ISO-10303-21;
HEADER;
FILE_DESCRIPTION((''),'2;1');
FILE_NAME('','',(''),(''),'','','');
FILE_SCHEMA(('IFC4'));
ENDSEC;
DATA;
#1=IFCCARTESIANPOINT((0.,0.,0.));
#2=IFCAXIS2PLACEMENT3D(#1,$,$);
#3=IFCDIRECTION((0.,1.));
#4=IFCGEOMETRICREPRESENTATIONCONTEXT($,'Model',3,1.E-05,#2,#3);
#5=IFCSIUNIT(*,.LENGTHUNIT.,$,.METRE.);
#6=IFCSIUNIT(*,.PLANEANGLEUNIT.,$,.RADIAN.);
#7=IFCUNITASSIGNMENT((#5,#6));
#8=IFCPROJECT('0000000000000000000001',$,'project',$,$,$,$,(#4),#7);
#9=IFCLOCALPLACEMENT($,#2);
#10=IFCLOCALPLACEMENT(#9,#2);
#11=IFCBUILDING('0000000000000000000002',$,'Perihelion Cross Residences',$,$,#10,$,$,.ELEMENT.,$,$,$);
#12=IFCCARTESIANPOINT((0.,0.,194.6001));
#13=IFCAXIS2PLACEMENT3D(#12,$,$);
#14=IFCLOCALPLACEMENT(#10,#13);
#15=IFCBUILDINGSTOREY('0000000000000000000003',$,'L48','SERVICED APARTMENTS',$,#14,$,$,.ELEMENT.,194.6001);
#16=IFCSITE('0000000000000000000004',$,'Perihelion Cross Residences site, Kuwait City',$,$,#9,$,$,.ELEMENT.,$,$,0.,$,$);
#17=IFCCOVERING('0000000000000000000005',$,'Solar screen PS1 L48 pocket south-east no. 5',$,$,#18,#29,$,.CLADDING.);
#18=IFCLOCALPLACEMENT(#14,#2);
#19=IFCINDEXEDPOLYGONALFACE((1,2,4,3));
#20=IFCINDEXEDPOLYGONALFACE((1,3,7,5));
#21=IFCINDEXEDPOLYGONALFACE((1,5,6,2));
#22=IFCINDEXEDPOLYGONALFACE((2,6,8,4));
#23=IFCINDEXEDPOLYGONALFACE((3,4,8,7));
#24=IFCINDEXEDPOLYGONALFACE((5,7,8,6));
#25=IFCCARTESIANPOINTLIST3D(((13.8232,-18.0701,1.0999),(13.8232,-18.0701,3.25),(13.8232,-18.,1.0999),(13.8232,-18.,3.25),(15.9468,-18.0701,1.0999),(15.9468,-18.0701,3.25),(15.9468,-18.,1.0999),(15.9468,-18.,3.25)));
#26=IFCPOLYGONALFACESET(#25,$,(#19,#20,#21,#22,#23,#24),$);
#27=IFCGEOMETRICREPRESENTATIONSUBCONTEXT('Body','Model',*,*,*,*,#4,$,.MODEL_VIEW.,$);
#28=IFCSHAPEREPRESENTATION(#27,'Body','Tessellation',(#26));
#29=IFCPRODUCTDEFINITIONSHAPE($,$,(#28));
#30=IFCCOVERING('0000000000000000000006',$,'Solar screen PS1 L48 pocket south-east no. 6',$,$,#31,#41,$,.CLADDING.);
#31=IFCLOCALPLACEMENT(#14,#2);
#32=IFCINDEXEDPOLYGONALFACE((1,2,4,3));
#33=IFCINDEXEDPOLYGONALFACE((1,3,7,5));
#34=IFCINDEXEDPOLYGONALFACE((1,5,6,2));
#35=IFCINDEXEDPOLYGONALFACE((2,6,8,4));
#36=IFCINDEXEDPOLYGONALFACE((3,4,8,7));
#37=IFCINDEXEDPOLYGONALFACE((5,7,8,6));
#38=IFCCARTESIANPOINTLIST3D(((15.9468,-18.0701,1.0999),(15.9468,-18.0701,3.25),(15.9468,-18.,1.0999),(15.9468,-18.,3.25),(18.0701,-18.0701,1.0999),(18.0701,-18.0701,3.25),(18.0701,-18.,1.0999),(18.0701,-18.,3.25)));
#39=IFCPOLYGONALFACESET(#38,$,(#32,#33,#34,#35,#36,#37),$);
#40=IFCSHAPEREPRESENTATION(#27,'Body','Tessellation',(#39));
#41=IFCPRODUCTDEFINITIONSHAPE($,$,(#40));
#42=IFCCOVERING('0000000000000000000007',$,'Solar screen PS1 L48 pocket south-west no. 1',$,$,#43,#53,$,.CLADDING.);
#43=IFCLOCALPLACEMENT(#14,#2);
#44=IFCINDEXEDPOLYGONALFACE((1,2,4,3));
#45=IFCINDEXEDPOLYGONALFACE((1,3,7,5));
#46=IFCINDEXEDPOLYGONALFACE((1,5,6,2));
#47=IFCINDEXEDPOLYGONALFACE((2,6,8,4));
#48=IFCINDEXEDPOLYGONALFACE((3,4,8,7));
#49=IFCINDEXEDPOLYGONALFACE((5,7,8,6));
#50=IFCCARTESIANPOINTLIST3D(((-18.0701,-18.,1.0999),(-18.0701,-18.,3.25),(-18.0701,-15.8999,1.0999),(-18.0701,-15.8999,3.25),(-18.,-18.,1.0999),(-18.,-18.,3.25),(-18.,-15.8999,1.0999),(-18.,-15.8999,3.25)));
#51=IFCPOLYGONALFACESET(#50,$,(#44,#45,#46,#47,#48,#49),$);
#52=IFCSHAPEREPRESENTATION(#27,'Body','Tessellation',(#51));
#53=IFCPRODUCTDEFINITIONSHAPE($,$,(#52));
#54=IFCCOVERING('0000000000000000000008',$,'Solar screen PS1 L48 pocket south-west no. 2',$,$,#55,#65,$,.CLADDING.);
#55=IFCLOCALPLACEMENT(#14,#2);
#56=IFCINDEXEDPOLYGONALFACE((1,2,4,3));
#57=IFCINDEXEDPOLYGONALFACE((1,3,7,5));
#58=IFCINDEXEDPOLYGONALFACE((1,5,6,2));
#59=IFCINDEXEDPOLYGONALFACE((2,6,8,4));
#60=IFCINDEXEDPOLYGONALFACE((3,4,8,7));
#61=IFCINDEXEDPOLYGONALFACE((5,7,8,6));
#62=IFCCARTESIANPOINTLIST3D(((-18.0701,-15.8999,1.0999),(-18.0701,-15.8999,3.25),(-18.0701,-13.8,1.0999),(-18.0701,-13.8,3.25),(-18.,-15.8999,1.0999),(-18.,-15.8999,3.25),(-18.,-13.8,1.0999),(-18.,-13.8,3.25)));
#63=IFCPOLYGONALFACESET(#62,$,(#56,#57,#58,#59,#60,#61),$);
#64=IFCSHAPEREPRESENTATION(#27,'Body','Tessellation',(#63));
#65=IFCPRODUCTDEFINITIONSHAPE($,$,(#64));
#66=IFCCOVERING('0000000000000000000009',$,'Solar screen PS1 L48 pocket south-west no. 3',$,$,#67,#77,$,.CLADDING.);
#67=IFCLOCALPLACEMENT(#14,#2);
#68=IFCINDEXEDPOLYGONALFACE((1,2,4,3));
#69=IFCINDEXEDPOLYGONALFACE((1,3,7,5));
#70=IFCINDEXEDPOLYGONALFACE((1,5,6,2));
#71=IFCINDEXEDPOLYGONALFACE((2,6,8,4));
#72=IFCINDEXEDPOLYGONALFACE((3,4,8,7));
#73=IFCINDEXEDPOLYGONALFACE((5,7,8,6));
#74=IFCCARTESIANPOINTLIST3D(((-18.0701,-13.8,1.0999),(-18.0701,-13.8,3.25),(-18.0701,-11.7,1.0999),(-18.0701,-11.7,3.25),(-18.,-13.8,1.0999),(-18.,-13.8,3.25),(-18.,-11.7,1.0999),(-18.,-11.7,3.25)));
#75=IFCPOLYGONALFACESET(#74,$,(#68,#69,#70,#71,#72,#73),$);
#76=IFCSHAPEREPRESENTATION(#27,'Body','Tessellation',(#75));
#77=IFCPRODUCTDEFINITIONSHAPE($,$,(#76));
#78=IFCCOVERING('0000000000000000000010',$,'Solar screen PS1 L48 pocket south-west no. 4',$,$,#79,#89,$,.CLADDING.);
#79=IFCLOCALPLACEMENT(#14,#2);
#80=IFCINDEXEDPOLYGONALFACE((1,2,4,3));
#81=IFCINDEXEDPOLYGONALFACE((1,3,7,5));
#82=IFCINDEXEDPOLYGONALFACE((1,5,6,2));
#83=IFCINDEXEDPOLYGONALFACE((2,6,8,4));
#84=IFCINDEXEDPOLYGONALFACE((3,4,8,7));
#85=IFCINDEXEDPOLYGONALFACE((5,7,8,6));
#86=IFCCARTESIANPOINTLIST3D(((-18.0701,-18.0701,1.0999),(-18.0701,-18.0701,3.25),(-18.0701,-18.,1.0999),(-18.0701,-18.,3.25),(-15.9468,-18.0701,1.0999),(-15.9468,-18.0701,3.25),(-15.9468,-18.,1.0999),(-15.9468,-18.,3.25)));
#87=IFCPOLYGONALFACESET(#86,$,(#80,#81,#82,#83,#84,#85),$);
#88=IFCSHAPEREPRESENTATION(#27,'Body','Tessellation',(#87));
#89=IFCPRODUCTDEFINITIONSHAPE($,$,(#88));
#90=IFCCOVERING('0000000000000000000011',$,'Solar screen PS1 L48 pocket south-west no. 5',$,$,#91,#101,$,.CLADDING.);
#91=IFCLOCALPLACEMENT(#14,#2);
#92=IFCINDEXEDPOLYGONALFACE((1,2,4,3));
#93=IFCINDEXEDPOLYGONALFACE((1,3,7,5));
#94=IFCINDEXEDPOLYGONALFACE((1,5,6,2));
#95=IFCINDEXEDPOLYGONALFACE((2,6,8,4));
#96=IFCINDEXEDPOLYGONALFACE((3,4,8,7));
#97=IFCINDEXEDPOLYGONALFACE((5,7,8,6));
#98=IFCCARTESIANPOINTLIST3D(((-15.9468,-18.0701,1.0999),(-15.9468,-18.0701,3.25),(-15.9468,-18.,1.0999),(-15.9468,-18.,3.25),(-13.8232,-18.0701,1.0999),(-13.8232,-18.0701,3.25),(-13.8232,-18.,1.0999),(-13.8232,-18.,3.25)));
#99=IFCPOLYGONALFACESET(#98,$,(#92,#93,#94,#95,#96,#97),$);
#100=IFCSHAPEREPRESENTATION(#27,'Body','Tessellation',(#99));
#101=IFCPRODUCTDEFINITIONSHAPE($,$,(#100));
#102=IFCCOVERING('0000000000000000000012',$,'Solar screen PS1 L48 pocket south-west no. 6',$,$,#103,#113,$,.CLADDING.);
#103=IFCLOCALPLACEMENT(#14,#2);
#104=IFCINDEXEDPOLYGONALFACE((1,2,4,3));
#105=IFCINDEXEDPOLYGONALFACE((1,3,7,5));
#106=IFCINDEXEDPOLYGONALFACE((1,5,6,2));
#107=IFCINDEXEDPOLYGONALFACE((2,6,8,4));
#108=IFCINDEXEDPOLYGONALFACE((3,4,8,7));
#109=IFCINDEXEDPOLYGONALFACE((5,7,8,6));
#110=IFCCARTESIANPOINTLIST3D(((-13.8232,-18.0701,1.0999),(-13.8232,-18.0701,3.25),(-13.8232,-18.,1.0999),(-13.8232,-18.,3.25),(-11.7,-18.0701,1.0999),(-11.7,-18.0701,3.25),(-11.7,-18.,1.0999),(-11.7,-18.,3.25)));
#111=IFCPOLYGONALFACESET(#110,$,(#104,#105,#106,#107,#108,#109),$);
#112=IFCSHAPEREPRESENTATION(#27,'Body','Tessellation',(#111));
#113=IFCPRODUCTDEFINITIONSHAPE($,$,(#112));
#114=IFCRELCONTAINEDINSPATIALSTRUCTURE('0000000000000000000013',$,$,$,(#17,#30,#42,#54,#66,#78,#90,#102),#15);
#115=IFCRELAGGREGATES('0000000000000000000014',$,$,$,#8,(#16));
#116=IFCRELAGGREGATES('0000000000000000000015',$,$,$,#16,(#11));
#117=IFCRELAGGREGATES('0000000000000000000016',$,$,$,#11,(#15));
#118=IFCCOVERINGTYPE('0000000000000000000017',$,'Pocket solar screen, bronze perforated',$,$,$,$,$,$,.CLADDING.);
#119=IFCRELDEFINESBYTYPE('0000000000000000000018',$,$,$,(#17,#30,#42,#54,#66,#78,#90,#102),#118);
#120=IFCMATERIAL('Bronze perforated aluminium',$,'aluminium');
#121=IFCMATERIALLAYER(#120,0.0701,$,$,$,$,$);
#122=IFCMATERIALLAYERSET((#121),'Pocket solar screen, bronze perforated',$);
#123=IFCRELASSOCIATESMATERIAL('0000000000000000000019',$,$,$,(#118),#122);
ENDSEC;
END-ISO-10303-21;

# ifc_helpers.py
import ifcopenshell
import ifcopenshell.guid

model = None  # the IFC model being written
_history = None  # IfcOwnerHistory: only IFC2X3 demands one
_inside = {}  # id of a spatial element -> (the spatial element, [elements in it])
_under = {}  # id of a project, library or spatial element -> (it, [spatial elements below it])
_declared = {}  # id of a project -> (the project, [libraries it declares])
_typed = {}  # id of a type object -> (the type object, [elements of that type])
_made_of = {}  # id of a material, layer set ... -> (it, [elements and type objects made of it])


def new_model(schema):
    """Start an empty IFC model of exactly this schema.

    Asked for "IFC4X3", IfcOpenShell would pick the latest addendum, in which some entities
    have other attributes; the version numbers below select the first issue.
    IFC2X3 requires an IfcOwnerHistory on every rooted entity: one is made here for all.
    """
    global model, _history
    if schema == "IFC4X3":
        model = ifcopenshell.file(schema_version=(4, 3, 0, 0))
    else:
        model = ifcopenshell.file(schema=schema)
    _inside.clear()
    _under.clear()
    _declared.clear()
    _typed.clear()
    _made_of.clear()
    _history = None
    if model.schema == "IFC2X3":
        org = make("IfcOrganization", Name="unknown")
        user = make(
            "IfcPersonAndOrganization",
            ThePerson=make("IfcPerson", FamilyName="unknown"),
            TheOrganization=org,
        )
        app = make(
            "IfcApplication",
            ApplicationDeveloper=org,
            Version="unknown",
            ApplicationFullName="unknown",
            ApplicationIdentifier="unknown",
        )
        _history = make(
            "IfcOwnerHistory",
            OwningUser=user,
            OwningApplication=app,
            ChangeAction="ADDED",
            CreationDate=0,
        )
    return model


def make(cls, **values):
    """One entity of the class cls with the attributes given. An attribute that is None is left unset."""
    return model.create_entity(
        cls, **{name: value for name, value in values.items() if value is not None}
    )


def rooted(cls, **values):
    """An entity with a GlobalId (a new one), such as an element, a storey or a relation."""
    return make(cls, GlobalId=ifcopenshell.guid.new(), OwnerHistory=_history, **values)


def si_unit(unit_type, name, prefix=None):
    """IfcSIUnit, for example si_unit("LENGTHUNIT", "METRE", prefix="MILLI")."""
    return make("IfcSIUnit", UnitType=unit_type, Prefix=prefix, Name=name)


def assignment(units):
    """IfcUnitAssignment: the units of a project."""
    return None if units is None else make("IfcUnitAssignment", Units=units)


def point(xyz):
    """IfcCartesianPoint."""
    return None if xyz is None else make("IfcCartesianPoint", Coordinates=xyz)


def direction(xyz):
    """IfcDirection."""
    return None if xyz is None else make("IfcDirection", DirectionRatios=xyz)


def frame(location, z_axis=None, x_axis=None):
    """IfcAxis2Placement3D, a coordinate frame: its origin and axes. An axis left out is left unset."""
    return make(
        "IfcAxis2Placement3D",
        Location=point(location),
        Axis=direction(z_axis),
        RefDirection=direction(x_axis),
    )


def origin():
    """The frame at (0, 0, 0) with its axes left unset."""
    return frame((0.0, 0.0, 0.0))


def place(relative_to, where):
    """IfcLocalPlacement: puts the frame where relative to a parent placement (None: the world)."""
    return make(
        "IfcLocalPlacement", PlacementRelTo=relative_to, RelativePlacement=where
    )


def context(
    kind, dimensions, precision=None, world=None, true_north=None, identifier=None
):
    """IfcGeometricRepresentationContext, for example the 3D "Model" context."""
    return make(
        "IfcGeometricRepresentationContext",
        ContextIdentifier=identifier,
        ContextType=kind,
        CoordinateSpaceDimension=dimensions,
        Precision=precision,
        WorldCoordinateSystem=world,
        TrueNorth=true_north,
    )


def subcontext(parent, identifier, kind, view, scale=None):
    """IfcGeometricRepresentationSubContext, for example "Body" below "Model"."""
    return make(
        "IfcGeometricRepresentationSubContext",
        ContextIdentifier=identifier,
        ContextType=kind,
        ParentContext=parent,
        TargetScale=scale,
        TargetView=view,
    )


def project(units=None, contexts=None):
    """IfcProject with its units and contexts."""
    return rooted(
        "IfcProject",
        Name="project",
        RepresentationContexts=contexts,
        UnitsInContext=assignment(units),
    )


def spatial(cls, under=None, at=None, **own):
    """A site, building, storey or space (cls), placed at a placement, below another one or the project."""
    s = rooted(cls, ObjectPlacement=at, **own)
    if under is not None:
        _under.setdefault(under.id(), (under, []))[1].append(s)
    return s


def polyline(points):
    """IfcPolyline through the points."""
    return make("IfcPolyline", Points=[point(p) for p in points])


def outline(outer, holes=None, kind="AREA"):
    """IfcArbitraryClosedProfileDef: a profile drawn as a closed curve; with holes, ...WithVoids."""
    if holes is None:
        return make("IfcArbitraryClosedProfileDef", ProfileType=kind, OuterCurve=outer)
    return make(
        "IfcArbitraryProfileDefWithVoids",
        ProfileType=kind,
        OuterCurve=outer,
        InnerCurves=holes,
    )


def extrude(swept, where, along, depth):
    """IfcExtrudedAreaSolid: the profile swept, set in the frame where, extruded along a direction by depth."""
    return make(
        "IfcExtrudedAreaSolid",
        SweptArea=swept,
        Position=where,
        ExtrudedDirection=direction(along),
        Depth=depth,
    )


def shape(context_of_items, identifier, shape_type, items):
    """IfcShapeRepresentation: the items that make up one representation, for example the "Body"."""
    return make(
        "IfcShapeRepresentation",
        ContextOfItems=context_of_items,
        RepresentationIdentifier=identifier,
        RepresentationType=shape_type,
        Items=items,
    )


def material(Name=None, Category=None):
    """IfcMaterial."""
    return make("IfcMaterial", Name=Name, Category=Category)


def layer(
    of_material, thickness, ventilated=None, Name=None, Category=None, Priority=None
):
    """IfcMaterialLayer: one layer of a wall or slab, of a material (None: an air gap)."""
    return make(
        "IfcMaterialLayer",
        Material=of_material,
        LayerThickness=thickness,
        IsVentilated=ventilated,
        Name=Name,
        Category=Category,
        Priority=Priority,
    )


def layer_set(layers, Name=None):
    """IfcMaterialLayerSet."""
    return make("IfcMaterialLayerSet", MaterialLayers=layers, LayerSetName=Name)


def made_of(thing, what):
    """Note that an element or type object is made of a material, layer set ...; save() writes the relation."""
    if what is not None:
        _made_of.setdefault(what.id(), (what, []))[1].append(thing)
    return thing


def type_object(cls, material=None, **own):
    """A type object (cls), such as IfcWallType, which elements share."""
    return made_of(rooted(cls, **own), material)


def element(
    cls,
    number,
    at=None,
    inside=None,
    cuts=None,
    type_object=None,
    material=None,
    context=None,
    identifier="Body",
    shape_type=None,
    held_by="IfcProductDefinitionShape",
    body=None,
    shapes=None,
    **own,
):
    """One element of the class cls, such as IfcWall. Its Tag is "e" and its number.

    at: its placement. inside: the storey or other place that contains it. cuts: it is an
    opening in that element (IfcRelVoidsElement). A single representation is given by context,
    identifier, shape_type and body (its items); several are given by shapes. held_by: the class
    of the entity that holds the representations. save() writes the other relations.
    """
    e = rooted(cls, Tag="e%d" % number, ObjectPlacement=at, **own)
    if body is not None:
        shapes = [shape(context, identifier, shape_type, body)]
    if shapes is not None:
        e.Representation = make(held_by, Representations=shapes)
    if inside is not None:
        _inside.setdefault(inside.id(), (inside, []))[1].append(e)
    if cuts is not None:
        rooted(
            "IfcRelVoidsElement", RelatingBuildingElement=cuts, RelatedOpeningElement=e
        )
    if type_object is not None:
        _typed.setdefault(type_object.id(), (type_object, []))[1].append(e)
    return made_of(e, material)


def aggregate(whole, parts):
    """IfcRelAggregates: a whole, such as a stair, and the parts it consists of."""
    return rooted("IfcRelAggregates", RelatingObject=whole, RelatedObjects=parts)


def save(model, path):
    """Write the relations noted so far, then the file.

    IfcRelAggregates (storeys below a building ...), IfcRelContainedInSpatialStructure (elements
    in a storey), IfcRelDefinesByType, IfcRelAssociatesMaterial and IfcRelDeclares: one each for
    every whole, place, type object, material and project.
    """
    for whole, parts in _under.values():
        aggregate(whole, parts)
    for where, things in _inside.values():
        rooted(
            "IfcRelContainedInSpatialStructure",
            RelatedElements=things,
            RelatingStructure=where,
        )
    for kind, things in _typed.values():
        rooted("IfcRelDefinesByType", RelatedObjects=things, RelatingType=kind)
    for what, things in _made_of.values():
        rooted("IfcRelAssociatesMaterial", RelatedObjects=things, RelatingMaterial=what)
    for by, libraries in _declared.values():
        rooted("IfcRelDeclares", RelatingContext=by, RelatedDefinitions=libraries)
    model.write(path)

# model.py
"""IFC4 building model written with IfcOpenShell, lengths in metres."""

from ifc_helpers import new_model, si_unit, direction, frame, origin, place, context, subcontext, project, spatial, polyline, outline, extrude, material, layer, layer_set, type_object, element, save


model = new_model("IFC4")

# Units and contexts
model_context = context("Model", 3, precision=1e-05, world=origin(), true_north=direction((0.0, 1.0)))
body_context = subcontext(model_context, "Body", "Model", "MODEL_VIEW")
ifc_project = project(units=[si_unit("LENGTHUNIT", "METRE"), si_unit("PLANEANGLEUNIT", "RADIAN")], contexts=[model_context])

# Site, building, storey
site_placement = place(None, origin())
site = spatial("IfcSite", under=ifc_project, at=site_placement, Name="Perihelion Cross Residences site, Kuwait City", CompositionType="ELEMENT", RefElevation=0.0)
building_placement = place(site_placement, origin())
building = spatial("IfcBuilding", under=site, at=building_placement, Name="Perihelion Cross Residences", CompositionType="ELEMENT")
storey_placement = place(building_placement, frame((0.0, 0.0, 194.6001)))
storey = spatial("IfcBuildingStorey", under=building, at=storey_placement, Name="L48", Description="SERVICED APARTMENTS", CompositionType="ELEMENT", Elevation=194.6001)

# Coverings
ifc_material_1 = material(Name="Bronze perforated aluminium", Category="aluminium")
ifc_layer_1 = layer(ifc_material_1, 0.0701)
ifc_layer_set_1 = layer_set([ifc_layer_1], Name="Pocket solar screen, bronze perforated")
covering_type_1 = type_object("IfcCoveringType", Name="Pocket solar screen, bronze perforated", PredefinedType="CLADDING", material=ifc_layer_set_1)
covering_1_placement = place(storey_placement, frame((0.0, 0.0, 1.0999)))
element("IfcCovering", 1, at=covering_1_placement, inside=storey, type_object=covering_type_1, Name="Solar screen PS1 L48 pocket south-east no. 5", PredefinedType="CLADDING", context=body_context, shape_type="SweptSolid", body=[
    extrude(outline(polyline([(15.9468, -18.0701), (15.9468, -18.0), (13.8232, -18.0), (13.8232, -18.0701), (15.9468, -18.0701)])), origin(), (0.0, 0.0, 1.0), 2.1501),
])
covering_2_placement = place(storey_placement, frame((0.0, 0.0, 1.0999)))
element("IfcCovering", 2, at=covering_2_placement, inside=storey, type_object=covering_type_1, Name="Solar screen PS1 L48 pocket south-east no. 6", PredefinedType="CLADDING", context=body_context, shape_type="SweptSolid", body=[
    extrude(outline(polyline([(18.0701, -18.0701), (18.0701, -18.0), (15.9468, -18.0), (15.9468, -18.0701), (18.0701, -18.0701)])), origin(), (0.0, 0.0, 1.0), 2.1501),
])
covering_3_placement = place(storey_placement, frame((0.0, 0.0, 1.0999)))
element("IfcCovering", 3, at=covering_3_placement, inside=storey, type_object=covering_type_1, Name="Solar screen PS1 L48 pocket south-west no. 1", PredefinedType="CLADDING", context=body_context, shape_type="SweptSolid", body=[
    extrude(outline(polyline([(-18.0, -18.0), (-18.0, -15.8999), (-18.0701, -15.8999), (-18.0701, -18.0), (-18.0, -18.0)])), origin(), (0.0, 0.0, 1.0), 2.1501),
])
covering_4_placement = place(storey_placement, frame((0.0, 0.0, 1.0999)))
element("IfcCovering", 4, at=covering_4_placement, inside=storey, type_object=covering_type_1, Name="Solar screen PS1 L48 pocket south-west no. 2", PredefinedType="CLADDING", context=body_context, shape_type="SweptSolid", body=[
    extrude(outline(polyline([(-18.0, -15.8999), (-18.0, -13.8), (-18.0701, -13.8), (-18.0701, -15.8999), (-18.0, -15.8999)])), origin(), (0.0, 0.0, 1.0), 2.1501),
])
covering_5_placement = place(storey_placement, frame((0.0, 0.0, 1.0999)))
element("IfcCovering", 5, at=covering_5_placement, inside=storey, type_object=covering_type_1, Name="Solar screen PS1 L48 pocket south-west no. 3", PredefinedType="CLADDING", context=body_context, shape_type="SweptSolid", body=[
    extrude(outline(polyline([(-18.0, -13.8), (-18.0, -11.7), (-18.0701, -11.7), (-18.0701, -13.8), (-18.0, -13.8)])), origin(), (0.0, 0.0, 1.0), 2.1501),
])
covering_6_placement = place(storey_placement, frame((0.0, 0.0, 1.0999)))
element("IfcCovering", 6, at=covering_6_placement, inside=storey, type_object=covering_type_1, Name="Solar screen PS1 L48 pocket south-west no. 4", PredefinedType="CLADDING", context=body_context, shape_type="SweptSolid", body=[
    extrude(outline(polyline([(-15.9468, -18.0701), (-15.9468, -18.0), (-18.0701, -18.0), (-18.0701, -18.0701), (-15.9468, -18.0701)])), origin(), (0.0, 0.0, 1.0), 2.1501),
])
covering_7_placement = place(storey_placement, frame((0.0, 0.0, 1.0999)))
element("IfcCovering", 7, at=covering_7_placement, inside=storey, type_object=covering_type_1, Name="Solar screen PS1 L48 pocket south-west no. 5", PredefinedType="CLADDING", context=body_context, shape_type="SweptSolid", body=[
    extrude(outline(polyline([(-13.8232, -18.0701), (-13.8232, -18.0), (-15.9468, -18.0), (-15.9468, -18.0701), (-13.8232, -18.0701)])), origin(), (0.0, 0.0, 1.0), 2.1501),
])
covering_8_placement = place(storey_placement, frame((0.0, 0.0, 1.0999)))
element("IfcCovering", 8, at=covering_8_placement, inside=storey, type_object=covering_type_1, Name="Solar screen PS1 L48 pocket south-west no. 6", PredefinedType="CLADDING", context=body_context, shape_type="SweptSolid", body=[
    extrude(outline(polyline([(-11.7, -18.0701), (-11.7, -18.0), (-13.8232, -18.0), (-13.8232, -18.0701), (-11.7, -18.0701)])), origin(), (0.0, 0.0, 1.0), 2.1501),
])

save(model, "model.ifc")
